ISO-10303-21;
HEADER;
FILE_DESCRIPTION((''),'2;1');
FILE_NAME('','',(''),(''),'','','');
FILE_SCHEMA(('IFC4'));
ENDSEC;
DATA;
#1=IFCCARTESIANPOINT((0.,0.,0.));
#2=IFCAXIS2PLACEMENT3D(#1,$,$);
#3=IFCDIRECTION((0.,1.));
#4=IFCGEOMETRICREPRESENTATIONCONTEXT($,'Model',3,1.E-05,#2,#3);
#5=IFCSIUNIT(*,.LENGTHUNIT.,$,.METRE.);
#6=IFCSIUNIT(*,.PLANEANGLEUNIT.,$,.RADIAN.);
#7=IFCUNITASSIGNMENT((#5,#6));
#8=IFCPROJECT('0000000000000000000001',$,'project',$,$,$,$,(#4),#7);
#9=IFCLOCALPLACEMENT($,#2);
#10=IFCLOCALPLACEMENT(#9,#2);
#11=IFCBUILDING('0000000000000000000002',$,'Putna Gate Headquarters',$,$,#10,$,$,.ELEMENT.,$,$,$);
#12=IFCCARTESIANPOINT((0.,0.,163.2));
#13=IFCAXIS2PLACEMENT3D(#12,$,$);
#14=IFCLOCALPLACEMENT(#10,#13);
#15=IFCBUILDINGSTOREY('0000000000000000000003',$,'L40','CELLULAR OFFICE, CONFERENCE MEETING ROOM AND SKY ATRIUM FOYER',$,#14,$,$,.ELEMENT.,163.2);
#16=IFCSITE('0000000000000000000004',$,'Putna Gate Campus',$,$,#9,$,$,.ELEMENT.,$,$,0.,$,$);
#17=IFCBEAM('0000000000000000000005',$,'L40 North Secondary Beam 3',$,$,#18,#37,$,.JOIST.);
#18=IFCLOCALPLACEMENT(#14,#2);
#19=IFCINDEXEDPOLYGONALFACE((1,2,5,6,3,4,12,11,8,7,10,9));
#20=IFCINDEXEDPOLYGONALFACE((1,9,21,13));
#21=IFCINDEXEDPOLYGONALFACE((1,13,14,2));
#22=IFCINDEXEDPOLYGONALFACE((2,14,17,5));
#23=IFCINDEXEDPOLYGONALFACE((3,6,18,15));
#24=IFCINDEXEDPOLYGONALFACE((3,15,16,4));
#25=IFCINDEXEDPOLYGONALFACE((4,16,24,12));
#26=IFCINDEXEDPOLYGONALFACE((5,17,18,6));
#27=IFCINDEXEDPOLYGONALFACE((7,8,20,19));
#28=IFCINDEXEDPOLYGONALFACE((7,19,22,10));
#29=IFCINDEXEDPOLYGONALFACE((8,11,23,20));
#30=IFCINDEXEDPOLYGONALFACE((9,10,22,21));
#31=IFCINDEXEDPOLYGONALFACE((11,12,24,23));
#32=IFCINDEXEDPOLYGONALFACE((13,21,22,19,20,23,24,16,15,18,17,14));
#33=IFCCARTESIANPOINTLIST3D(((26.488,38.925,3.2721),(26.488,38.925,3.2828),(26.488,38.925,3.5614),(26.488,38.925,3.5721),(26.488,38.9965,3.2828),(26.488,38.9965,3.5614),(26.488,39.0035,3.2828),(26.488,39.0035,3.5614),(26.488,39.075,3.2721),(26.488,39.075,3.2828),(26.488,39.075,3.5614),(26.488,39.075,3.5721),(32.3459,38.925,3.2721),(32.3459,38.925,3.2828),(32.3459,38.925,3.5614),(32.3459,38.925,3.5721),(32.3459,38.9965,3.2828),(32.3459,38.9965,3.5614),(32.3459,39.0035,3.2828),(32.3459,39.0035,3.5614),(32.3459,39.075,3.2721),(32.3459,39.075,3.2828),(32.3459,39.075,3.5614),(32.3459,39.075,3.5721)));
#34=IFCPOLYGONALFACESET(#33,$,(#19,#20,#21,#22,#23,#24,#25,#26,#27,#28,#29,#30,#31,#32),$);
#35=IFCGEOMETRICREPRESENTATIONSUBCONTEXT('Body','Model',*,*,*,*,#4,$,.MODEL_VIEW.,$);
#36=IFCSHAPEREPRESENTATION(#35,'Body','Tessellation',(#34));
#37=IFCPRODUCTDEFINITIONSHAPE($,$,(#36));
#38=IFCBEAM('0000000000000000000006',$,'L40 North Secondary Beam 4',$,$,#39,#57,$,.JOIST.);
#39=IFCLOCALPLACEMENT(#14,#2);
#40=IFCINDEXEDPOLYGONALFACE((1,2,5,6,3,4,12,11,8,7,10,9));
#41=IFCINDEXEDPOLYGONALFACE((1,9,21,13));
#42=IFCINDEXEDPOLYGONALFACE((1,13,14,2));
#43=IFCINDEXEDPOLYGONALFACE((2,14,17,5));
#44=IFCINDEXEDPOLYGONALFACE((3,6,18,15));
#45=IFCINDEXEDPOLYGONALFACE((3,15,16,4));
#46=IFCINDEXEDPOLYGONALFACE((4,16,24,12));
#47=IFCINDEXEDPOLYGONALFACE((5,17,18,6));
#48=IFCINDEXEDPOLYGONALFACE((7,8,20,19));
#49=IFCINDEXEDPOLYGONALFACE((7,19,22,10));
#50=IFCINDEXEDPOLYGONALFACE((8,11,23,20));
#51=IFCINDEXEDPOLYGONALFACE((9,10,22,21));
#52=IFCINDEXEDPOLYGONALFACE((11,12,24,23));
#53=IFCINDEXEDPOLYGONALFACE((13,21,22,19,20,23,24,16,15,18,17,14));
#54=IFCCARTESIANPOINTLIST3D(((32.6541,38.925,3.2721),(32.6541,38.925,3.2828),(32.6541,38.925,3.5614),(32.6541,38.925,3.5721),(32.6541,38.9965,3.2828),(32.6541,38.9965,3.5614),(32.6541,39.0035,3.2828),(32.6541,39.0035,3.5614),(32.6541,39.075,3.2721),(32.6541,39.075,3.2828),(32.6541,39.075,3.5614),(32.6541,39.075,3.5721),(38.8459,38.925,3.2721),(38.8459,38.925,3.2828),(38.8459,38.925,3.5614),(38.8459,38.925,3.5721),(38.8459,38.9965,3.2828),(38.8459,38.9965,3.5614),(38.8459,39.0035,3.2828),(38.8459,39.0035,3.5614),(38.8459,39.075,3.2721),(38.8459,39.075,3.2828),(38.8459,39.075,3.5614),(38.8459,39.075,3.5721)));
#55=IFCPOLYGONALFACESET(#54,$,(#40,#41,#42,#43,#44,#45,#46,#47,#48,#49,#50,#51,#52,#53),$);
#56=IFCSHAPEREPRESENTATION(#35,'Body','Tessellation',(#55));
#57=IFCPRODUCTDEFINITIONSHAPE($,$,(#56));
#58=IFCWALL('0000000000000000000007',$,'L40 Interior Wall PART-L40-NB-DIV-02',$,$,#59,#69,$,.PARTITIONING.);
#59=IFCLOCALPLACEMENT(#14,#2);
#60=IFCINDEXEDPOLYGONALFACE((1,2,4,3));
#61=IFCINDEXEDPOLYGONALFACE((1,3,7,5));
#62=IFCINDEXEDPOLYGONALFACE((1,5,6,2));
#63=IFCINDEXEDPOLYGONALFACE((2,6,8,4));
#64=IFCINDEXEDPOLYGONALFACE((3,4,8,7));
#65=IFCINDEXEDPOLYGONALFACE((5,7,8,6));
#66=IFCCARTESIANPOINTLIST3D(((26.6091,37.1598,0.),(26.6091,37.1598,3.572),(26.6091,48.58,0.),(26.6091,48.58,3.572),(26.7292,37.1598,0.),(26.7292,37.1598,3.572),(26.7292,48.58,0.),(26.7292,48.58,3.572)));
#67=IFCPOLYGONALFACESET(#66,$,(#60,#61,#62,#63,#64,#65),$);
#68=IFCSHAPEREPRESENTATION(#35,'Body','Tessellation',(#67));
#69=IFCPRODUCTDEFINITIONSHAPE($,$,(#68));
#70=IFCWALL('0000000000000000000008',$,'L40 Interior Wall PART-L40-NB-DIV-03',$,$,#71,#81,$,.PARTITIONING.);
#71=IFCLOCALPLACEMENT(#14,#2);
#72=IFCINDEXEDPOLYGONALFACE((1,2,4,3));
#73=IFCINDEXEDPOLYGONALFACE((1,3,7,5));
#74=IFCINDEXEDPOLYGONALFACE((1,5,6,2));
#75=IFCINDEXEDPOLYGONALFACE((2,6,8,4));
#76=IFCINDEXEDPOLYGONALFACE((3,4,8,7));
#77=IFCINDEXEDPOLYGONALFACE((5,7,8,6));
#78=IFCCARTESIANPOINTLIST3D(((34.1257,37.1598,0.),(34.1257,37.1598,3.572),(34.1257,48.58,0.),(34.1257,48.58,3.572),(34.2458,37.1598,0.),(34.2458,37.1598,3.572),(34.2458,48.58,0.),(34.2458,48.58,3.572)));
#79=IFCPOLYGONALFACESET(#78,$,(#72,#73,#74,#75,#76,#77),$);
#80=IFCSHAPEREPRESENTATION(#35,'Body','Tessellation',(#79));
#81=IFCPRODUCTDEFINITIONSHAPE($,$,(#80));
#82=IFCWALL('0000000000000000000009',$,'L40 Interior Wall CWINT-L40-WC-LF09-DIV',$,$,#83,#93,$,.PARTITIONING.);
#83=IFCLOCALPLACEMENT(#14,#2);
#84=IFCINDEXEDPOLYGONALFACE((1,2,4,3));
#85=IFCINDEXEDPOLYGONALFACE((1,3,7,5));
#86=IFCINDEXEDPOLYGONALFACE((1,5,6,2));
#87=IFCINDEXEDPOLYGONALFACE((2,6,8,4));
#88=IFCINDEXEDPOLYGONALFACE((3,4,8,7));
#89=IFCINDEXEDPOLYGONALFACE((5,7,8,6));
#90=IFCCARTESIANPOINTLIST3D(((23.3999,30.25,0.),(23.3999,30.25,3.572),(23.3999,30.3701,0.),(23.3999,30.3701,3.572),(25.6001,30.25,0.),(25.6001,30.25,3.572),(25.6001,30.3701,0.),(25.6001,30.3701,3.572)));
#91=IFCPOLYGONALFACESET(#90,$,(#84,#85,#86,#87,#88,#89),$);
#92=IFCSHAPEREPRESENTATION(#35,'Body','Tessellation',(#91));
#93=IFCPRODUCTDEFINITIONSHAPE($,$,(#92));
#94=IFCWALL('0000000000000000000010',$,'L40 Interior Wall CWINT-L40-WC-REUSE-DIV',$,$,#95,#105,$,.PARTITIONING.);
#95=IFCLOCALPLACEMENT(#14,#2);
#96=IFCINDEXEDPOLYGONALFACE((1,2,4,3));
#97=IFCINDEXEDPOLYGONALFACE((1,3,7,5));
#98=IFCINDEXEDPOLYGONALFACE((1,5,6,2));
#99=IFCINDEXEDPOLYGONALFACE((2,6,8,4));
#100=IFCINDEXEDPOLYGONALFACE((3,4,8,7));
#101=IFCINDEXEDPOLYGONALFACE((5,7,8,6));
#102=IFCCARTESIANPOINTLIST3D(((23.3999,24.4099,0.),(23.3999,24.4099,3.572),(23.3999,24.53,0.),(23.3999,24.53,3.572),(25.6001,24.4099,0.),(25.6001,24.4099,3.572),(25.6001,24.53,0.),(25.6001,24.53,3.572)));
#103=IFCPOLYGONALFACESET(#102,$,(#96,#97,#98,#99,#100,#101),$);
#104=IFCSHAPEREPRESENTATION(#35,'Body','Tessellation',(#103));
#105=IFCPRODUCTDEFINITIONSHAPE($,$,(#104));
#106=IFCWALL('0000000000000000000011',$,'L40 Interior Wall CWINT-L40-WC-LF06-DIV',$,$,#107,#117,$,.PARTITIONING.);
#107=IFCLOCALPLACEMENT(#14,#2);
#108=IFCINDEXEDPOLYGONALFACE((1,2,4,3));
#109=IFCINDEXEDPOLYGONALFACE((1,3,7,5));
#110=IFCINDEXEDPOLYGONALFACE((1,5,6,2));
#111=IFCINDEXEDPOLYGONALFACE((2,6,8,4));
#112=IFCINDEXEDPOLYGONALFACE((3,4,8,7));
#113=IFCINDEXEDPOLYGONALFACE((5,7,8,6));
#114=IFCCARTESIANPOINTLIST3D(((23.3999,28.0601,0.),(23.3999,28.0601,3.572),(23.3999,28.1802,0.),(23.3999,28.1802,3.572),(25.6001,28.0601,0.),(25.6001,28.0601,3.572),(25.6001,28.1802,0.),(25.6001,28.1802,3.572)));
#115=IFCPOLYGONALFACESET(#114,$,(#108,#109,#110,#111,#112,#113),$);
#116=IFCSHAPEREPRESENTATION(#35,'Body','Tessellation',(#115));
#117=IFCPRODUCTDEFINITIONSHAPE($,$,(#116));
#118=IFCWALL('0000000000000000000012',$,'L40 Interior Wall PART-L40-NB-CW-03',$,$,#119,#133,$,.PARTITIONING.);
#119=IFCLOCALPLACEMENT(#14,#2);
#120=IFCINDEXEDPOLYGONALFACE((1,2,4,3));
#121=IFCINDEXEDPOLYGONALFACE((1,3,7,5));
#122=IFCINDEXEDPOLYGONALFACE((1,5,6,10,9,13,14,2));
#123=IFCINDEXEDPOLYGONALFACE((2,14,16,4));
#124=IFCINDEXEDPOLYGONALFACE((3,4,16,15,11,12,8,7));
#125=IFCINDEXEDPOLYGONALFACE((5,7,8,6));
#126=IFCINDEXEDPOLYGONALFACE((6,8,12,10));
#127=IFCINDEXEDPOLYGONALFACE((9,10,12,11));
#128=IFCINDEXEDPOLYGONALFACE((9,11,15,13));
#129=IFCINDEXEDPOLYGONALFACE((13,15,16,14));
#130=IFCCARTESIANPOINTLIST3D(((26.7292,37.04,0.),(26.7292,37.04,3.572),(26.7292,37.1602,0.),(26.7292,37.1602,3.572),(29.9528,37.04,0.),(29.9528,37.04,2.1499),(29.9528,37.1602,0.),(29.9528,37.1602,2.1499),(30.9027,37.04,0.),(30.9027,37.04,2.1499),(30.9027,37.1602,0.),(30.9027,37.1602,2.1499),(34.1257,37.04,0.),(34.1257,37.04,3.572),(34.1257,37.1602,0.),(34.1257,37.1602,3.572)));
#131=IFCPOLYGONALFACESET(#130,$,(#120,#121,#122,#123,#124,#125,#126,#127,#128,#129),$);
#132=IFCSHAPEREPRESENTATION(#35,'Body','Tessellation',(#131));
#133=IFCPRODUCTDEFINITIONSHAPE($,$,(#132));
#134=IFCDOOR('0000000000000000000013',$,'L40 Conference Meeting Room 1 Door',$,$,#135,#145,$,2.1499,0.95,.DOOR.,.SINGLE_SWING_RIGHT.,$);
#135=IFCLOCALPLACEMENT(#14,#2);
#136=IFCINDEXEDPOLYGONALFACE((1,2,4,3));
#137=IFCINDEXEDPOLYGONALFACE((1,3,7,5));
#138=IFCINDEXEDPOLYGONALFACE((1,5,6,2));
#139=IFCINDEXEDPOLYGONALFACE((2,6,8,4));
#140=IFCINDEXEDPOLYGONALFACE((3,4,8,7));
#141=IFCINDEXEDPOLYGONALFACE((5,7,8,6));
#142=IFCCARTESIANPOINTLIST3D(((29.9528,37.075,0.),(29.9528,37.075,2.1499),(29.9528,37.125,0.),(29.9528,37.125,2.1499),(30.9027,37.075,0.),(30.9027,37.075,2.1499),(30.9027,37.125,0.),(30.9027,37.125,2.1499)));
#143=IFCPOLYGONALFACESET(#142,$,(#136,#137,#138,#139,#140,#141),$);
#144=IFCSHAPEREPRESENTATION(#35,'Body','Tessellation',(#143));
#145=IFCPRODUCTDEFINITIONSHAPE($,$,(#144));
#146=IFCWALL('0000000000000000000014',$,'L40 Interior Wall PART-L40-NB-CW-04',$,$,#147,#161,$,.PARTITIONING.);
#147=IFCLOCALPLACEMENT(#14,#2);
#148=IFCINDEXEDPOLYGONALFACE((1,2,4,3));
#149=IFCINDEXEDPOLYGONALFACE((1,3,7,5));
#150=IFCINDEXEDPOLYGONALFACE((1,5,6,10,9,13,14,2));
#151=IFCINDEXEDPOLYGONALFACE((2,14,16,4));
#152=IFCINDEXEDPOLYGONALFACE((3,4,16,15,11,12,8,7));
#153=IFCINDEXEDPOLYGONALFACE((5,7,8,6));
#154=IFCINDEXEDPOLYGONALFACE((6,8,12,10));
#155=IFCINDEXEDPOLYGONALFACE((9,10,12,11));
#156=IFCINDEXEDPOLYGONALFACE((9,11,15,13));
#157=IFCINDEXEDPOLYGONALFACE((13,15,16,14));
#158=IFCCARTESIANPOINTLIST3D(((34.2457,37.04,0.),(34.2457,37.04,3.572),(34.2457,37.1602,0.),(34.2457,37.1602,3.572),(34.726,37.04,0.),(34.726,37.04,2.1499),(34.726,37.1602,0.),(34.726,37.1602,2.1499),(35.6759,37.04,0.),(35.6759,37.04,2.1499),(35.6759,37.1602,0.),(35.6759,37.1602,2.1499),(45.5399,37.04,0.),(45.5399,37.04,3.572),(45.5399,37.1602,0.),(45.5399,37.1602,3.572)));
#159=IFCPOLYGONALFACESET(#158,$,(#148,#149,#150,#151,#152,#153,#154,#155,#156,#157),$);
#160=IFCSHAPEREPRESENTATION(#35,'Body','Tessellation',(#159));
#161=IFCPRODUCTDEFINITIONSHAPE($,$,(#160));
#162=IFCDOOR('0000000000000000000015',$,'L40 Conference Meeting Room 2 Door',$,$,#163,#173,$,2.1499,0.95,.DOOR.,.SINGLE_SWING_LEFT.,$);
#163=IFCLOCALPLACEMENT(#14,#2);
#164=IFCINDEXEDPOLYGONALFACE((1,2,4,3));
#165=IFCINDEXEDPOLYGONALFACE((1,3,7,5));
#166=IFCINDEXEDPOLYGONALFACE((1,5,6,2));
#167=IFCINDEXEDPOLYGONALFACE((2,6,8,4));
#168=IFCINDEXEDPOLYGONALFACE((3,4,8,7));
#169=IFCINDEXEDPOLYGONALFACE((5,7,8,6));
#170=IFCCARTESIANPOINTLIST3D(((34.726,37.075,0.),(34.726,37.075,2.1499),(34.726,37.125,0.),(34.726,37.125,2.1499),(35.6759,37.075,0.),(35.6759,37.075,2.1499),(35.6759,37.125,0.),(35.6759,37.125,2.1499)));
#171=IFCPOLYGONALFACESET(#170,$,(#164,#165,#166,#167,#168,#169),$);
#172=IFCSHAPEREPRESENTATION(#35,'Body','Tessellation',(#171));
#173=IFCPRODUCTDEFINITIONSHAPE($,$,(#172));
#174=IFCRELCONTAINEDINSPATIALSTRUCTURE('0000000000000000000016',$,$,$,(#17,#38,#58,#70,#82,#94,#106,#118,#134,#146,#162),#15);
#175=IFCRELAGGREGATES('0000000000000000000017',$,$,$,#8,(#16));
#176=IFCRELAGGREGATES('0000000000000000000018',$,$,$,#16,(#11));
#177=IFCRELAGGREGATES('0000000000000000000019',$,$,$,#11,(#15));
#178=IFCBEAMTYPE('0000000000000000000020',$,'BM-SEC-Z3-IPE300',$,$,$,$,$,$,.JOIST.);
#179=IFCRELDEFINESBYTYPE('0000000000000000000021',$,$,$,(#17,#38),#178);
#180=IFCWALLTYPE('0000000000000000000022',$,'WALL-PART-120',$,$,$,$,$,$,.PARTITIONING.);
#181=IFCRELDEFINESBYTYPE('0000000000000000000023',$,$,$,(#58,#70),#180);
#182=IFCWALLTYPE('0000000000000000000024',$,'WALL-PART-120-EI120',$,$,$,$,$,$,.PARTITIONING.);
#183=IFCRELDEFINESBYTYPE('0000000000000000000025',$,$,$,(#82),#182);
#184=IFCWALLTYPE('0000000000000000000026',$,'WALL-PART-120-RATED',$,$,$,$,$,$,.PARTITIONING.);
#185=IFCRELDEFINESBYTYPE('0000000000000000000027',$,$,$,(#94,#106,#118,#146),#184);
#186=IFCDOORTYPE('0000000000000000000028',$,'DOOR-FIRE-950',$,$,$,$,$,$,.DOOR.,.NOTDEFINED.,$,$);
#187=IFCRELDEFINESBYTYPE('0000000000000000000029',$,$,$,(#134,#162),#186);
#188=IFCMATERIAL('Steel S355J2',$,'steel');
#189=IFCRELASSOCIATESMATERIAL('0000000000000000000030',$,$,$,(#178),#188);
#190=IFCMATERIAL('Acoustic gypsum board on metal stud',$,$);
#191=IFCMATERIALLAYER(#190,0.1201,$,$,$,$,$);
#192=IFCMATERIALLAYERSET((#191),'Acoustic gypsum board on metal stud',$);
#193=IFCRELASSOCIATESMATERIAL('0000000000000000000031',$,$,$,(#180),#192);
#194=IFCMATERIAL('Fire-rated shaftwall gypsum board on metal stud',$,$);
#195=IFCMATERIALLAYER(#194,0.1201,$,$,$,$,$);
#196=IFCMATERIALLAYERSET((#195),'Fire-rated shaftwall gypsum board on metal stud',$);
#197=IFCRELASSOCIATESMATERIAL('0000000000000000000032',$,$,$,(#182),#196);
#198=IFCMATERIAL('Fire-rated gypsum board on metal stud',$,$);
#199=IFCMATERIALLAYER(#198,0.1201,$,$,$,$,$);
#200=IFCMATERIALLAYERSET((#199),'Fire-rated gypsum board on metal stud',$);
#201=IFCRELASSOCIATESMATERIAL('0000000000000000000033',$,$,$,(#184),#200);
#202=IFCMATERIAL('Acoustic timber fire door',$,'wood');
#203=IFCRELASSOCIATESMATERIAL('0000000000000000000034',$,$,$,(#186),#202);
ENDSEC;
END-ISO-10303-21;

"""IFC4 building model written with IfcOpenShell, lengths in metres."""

from ifc_helpers import new_model, si_unit, direction, frame, frame_2d, origin, origin_2d, place, context, subcontext, project, spatial, rectangle, i_section, extrude, material, layer, layer_set, material_profile, profile_set, type_object, element, fill, save


model = new_model("IFC4")

# Units and contexts
model_context = context("Model", 3, precision=1e-05, world=origin(), true_north=direction((0.0, 1.0)))
body_context = subcontext(model_context, "Body", "Model", "MODEL_VIEW")
ifc_project = project(units=[si_unit("LENGTHUNIT", "METRE"), si_unit("PLANEANGLEUNIT", "RADIAN")], contexts=[model_context])

# Site, building, storey
site_placement = place(None, origin())
site = spatial("IfcSite", under=ifc_project, at=site_placement, Name="Putna Gate Campus", CompositionType="ELEMENT", RefElevation=0.0)
building_placement = place(site_placement, origin())
building = spatial("IfcBuilding", under=site, at=building_placement, Name="Putna Gate Headquarters", CompositionType="ELEMENT")
storey_placement = place(building_placement, frame((0.0, 0.0, 163.2)))
storey = spatial("IfcBuildingStorey", under=building, at=storey_placement, Name="L40", Description="CELLULAR OFFICE, CONFERENCE MEETING ROOM AND SKY ATRIUM FOYER", CompositionType="ELEMENT", Elevation=163.2)

# Beams
ifc_material_1 = material(Name="Steel S355J2", Category="steel")
ifc_material_profile_1 = material_profile(ifc_material_1, i_section(OverallWidth=0.1499, OverallDepth=0.3, WebThickness=0.0071, FlangeThickness=0.0107, at=origin_2d()), Name="Steel S355J2")
ifc_profile_set_1 = profile_set([ifc_material_profile_1], Name="Steel S355J2")
beam_type_1 = type_object("IfcBeamType", Name="BM-SEC-Z3-IPE300", PredefinedType="JOIST", material=ifc_profile_set_1)
beam_1_placement = place(storey_placement, frame((26.488, 39.0, 3.4221), z_axis=(1.0, 0.0, 0.0), x_axis=(0.0, 1.0, 0.0)))
element("IfcBeam", 1, at=beam_1_placement, inside=storey, type_object=beam_type_1, Name="L40 North Secondary Beam 3", PredefinedType="JOIST", context=body_context, shape_type="SweptSolid", body=[
    extrude(i_section(OverallWidth=0.1499, OverallDepth=0.3, WebThickness=0.0071, FlangeThickness=0.0107, at=origin_2d()), origin(), (0.0, 0.0, 1.0), 5.8579),
])
beam_2_placement = place(storey_placement, frame((32.6541, 39.0, 3.4221), z_axis=(1.0, 0.0, 0.0), x_axis=(0.0, 1.0, 0.0)))
element("IfcBeam", 2, at=beam_2_placement, inside=storey, type_object=beam_type_1, Name="L40 North Secondary Beam 4", PredefinedType="JOIST", context=body_context, shape_type="SweptSolid", body=[
    extrude(i_section(OverallWidth=0.1499, OverallDepth=0.3, WebThickness=0.0071, FlangeThickness=0.0107, at=origin_2d()), origin(), (0.0, 0.0, 1.0), 6.1919),
])

# Walls
ifc_material_2 = material(Name="Acoustic gypsum board on metal stud")
ifc_layer_1 = layer(ifc_material_2, 0.1201)
ifc_layer_set_1 = layer_set([ifc_layer_1], Name="Acoustic gypsum board on metal stud")
wall_type_1 = type_object("IfcWallType", Name="WALL-PART-120", PredefinedType="PARTITIONING", material=ifc_layer_set_1)
for number, where, z_axis, x_axis, name in (
    (3, (26.6692, 37.1599, 0.0), (0.0, 0.0, 1.0), (0.0, 1.0, 0.0), "L40 Interior Wall PART-L40-NB-DIV-02"),
    (4, (34.1858, 37.1599, 0.0), (0.0, 0.0, 1.0), (0.0, 1.0, 0.0), "L40 Interior Wall PART-L40-NB-DIV-03"),
):
    element("IfcWall", number, at=place(storey_placement, frame(where, z_axis=z_axis, x_axis=x_axis)), inside=storey, type_object=wall_type_1, Name=name, PredefinedType="PARTITIONING", context=body_context, shape_type="SweptSolid", body=[
        extrude(rectangle(XDim=11.4202, YDim=0.1201, at=frame_2d((5.71, 0.0))), origin(), (0.0, 0.0, 1.0), 3.572),
    ])
ifc_material_3 = material(Name="Fire-rated shaftwall gypsum board on metal stud")
ifc_layer_2 = layer(ifc_material_3, 0.1201)
ifc_layer_set_2 = layer_set([ifc_layer_2], Name="Fire-rated shaftwall gypsum board on metal stud")
wall_type_2 = type_object("IfcWallType", Name="WALL-PART-120-EI120", PredefinedType="PARTITIONING", material=ifc_layer_set_2)
wall_1_placement = place(storey_placement, frame((23.3999, 30.3101, 0.0), z_axis=(0.0, 0.0, 1.0), x_axis=(1.0, 0.0, 0.0)))
element("IfcWall", 5, at=wall_1_placement, inside=storey, type_object=wall_type_2, Name="L40 Interior Wall CWINT-L40-WC-LF09-DIV", PredefinedType="PARTITIONING", context=body_context, shape_type="SweptSolid", body=[
    extrude(rectangle(XDim=2.2002, YDim=0.1201, at=frame_2d((1.1001, 0.0))), origin(), (0.0, 0.0, 1.0), 3.572),
])
ifc_material_4 = material(Name="Fire-rated gypsum board on metal stud")
ifc_layer_3 = layer(ifc_material_4, 0.1201)
ifc_layer_set_3 = layer_set([ifc_layer_3], Name="Fire-rated gypsum board on metal stud")
wall_type_3 = type_object("IfcWallType", Name="WALL-PART-120-RATED", PredefinedType="PARTITIONING", material=ifc_layer_set_3)
for number, where, z_axis, x_axis, name in (
    (6, (23.3999, 24.47, 0.0), (0.0, 0.0, 1.0), (1.0, 0.0, 0.0), "L40 Interior Wall CWINT-L40-WC-REUSE-DIV"),
    (7, (23.3999, 28.1201, 0.0), (0.0, 0.0, 1.0), (1.0, 0.0, 0.0), "L40 Interior Wall CWINT-L40-WC-LF06-DIV"),
):
    element("IfcWall", number, at=place(storey_placement, frame(where, z_axis=z_axis, x_axis=x_axis)), inside=storey, type_object=wall_type_3, Name=name, PredefinedType="PARTITIONING", context=body_context, shape_type="SweptSolid", body=[
        extrude(rectangle(XDim=2.2002, YDim=0.1201, at=frame_2d((1.1001, 0.0))), origin(), (0.0, 0.0, 1.0), 3.572),
    ])

# Walls, openings, doors
wall_2_placement = place(storey_placement, frame((26.7292, 37.1001, 0.0), z_axis=(0.0, 0.0, 1.0), x_axis=(1.0, 0.0, 0.0)))
wall_2 = element("IfcWall", 8, at=wall_2_placement, inside=storey, type_object=wall_type_3, Name="L40 Interior Wall PART-L40-NB-CW-03", PredefinedType="PARTITIONING", context=body_context, shape_type="SweptSolid", body=[
    extrude(rectangle(XDim=7.3965, YDim=0.1201, at=frame_2d((3.6982, 0.0))), origin(), (0.0, 0.0, 1.0), 3.572),
])
opening_1_placement = place(wall_2_placement, frame((3.2234, 0.0, 0.0)))
opening_1 = element("IfcOpeningElement", 9, at=opening_1_placement, cuts=wall_2, PredefinedType="OPENING", context=body_context, shape_type="SweptSolid", body=[
    extrude(rectangle(XDim=0.95, YDim=2.1499, at=frame_2d((0.4751, 1.075))), frame((0.0, 0.0701, 0.0), z_axis=(0.0, -1.0, 0.0), x_axis=(1.0, 0.0, 0.0)), (0.0, 0.0, 1.0), 0.1401),
])
ifc_material_5 = material(Name="Acoustic timber fire door", Category="wood")
door_type = type_object("IfcDoorType", Name="DOOR-FIRE-950", OperationType="NOTDEFINED", PredefinedType="DOOR", material=ifc_material_5)
door_1_placement = place(opening_1_placement, origin())
door_1 = element("IfcDoor", 10, at=door_1_placement, inside=storey, type_object=door_type, Name="L40 Conference Meeting Room 1 Door", OperationType="SINGLE_SWING_RIGHT", OverallHeight=2.1499, OverallWidth=0.95, PredefinedType="DOOR", context=body_context, shape_type="SweptSolid", body=[
    extrude(rectangle(XDim=0.95, YDim=2.1499, at=frame_2d((0.4751, 1.075))), frame((0.0, 0.0249, 0.0), z_axis=(0.0, -1.0, 0.0), x_axis=(1.0, 0.0, 0.0)), (0.0, 0.0, 1.0), 0.05),
])
fill(opening_1, door_1)
wall_3_placement = place(storey_placement, frame((34.2458, 37.1001, 0.0), z_axis=(0.0, 0.0, 1.0), x_axis=(1.0, 0.0, 0.0)))
wall_3 = element("IfcWall", 11, at=wall_3_placement, inside=storey, type_object=wall_type_3, Name="L40 Interior Wall PART-L40-NB-CW-04", PredefinedType="PARTITIONING", context=body_context, shape_type="SweptSolid", body=[
    extrude(rectangle(XDim=11.2942, YDim=0.1201, at=frame_2d((5.647, 0.0))), origin(), (0.0, 0.0, 1.0), 3.572),
])
opening_2_placement = place(wall_3_placement, frame((0.48, 0.0, 0.0)))
opening_2 = element("IfcOpeningElement", 12, at=opening_2_placement, cuts=wall_3, PredefinedType="OPENING", context=body_context, shape_type="SweptSolid", body=[
    extrude(rectangle(XDim=0.95, YDim=2.1499, at=frame_2d((0.4751, 1.075))), frame((0.0, 0.0701, 0.0), z_axis=(0.0, -1.0, 0.0), x_axis=(1.0, 0.0, 0.0)), (0.0, 0.0, 1.0), 0.1401),
])
door_2_placement = place(opening_2_placement, origin())
door_2 = element("IfcDoor", 13, at=door_2_placement, inside=storey, type_object=door_type, Name="L40 Conference Meeting Room 2 Door", OperationType="SINGLE_SWING_LEFT", OverallHeight=2.1499, OverallWidth=0.95, PredefinedType="DOOR", context=body_context, shape_type="SweptSolid", body=[
    extrude(rectangle(XDim=0.95, YDim=2.1499, at=frame_2d((0.4751, 1.075))), frame((0.0, 0.0249, 0.0), z_axis=(0.0, -1.0, 0.0), x_axis=(1.0, 0.0, 0.0)), (0.0, 0.0, 1.0), 0.05),
])
fill(opening_2, door_2)

save(model, "model.ifc")
